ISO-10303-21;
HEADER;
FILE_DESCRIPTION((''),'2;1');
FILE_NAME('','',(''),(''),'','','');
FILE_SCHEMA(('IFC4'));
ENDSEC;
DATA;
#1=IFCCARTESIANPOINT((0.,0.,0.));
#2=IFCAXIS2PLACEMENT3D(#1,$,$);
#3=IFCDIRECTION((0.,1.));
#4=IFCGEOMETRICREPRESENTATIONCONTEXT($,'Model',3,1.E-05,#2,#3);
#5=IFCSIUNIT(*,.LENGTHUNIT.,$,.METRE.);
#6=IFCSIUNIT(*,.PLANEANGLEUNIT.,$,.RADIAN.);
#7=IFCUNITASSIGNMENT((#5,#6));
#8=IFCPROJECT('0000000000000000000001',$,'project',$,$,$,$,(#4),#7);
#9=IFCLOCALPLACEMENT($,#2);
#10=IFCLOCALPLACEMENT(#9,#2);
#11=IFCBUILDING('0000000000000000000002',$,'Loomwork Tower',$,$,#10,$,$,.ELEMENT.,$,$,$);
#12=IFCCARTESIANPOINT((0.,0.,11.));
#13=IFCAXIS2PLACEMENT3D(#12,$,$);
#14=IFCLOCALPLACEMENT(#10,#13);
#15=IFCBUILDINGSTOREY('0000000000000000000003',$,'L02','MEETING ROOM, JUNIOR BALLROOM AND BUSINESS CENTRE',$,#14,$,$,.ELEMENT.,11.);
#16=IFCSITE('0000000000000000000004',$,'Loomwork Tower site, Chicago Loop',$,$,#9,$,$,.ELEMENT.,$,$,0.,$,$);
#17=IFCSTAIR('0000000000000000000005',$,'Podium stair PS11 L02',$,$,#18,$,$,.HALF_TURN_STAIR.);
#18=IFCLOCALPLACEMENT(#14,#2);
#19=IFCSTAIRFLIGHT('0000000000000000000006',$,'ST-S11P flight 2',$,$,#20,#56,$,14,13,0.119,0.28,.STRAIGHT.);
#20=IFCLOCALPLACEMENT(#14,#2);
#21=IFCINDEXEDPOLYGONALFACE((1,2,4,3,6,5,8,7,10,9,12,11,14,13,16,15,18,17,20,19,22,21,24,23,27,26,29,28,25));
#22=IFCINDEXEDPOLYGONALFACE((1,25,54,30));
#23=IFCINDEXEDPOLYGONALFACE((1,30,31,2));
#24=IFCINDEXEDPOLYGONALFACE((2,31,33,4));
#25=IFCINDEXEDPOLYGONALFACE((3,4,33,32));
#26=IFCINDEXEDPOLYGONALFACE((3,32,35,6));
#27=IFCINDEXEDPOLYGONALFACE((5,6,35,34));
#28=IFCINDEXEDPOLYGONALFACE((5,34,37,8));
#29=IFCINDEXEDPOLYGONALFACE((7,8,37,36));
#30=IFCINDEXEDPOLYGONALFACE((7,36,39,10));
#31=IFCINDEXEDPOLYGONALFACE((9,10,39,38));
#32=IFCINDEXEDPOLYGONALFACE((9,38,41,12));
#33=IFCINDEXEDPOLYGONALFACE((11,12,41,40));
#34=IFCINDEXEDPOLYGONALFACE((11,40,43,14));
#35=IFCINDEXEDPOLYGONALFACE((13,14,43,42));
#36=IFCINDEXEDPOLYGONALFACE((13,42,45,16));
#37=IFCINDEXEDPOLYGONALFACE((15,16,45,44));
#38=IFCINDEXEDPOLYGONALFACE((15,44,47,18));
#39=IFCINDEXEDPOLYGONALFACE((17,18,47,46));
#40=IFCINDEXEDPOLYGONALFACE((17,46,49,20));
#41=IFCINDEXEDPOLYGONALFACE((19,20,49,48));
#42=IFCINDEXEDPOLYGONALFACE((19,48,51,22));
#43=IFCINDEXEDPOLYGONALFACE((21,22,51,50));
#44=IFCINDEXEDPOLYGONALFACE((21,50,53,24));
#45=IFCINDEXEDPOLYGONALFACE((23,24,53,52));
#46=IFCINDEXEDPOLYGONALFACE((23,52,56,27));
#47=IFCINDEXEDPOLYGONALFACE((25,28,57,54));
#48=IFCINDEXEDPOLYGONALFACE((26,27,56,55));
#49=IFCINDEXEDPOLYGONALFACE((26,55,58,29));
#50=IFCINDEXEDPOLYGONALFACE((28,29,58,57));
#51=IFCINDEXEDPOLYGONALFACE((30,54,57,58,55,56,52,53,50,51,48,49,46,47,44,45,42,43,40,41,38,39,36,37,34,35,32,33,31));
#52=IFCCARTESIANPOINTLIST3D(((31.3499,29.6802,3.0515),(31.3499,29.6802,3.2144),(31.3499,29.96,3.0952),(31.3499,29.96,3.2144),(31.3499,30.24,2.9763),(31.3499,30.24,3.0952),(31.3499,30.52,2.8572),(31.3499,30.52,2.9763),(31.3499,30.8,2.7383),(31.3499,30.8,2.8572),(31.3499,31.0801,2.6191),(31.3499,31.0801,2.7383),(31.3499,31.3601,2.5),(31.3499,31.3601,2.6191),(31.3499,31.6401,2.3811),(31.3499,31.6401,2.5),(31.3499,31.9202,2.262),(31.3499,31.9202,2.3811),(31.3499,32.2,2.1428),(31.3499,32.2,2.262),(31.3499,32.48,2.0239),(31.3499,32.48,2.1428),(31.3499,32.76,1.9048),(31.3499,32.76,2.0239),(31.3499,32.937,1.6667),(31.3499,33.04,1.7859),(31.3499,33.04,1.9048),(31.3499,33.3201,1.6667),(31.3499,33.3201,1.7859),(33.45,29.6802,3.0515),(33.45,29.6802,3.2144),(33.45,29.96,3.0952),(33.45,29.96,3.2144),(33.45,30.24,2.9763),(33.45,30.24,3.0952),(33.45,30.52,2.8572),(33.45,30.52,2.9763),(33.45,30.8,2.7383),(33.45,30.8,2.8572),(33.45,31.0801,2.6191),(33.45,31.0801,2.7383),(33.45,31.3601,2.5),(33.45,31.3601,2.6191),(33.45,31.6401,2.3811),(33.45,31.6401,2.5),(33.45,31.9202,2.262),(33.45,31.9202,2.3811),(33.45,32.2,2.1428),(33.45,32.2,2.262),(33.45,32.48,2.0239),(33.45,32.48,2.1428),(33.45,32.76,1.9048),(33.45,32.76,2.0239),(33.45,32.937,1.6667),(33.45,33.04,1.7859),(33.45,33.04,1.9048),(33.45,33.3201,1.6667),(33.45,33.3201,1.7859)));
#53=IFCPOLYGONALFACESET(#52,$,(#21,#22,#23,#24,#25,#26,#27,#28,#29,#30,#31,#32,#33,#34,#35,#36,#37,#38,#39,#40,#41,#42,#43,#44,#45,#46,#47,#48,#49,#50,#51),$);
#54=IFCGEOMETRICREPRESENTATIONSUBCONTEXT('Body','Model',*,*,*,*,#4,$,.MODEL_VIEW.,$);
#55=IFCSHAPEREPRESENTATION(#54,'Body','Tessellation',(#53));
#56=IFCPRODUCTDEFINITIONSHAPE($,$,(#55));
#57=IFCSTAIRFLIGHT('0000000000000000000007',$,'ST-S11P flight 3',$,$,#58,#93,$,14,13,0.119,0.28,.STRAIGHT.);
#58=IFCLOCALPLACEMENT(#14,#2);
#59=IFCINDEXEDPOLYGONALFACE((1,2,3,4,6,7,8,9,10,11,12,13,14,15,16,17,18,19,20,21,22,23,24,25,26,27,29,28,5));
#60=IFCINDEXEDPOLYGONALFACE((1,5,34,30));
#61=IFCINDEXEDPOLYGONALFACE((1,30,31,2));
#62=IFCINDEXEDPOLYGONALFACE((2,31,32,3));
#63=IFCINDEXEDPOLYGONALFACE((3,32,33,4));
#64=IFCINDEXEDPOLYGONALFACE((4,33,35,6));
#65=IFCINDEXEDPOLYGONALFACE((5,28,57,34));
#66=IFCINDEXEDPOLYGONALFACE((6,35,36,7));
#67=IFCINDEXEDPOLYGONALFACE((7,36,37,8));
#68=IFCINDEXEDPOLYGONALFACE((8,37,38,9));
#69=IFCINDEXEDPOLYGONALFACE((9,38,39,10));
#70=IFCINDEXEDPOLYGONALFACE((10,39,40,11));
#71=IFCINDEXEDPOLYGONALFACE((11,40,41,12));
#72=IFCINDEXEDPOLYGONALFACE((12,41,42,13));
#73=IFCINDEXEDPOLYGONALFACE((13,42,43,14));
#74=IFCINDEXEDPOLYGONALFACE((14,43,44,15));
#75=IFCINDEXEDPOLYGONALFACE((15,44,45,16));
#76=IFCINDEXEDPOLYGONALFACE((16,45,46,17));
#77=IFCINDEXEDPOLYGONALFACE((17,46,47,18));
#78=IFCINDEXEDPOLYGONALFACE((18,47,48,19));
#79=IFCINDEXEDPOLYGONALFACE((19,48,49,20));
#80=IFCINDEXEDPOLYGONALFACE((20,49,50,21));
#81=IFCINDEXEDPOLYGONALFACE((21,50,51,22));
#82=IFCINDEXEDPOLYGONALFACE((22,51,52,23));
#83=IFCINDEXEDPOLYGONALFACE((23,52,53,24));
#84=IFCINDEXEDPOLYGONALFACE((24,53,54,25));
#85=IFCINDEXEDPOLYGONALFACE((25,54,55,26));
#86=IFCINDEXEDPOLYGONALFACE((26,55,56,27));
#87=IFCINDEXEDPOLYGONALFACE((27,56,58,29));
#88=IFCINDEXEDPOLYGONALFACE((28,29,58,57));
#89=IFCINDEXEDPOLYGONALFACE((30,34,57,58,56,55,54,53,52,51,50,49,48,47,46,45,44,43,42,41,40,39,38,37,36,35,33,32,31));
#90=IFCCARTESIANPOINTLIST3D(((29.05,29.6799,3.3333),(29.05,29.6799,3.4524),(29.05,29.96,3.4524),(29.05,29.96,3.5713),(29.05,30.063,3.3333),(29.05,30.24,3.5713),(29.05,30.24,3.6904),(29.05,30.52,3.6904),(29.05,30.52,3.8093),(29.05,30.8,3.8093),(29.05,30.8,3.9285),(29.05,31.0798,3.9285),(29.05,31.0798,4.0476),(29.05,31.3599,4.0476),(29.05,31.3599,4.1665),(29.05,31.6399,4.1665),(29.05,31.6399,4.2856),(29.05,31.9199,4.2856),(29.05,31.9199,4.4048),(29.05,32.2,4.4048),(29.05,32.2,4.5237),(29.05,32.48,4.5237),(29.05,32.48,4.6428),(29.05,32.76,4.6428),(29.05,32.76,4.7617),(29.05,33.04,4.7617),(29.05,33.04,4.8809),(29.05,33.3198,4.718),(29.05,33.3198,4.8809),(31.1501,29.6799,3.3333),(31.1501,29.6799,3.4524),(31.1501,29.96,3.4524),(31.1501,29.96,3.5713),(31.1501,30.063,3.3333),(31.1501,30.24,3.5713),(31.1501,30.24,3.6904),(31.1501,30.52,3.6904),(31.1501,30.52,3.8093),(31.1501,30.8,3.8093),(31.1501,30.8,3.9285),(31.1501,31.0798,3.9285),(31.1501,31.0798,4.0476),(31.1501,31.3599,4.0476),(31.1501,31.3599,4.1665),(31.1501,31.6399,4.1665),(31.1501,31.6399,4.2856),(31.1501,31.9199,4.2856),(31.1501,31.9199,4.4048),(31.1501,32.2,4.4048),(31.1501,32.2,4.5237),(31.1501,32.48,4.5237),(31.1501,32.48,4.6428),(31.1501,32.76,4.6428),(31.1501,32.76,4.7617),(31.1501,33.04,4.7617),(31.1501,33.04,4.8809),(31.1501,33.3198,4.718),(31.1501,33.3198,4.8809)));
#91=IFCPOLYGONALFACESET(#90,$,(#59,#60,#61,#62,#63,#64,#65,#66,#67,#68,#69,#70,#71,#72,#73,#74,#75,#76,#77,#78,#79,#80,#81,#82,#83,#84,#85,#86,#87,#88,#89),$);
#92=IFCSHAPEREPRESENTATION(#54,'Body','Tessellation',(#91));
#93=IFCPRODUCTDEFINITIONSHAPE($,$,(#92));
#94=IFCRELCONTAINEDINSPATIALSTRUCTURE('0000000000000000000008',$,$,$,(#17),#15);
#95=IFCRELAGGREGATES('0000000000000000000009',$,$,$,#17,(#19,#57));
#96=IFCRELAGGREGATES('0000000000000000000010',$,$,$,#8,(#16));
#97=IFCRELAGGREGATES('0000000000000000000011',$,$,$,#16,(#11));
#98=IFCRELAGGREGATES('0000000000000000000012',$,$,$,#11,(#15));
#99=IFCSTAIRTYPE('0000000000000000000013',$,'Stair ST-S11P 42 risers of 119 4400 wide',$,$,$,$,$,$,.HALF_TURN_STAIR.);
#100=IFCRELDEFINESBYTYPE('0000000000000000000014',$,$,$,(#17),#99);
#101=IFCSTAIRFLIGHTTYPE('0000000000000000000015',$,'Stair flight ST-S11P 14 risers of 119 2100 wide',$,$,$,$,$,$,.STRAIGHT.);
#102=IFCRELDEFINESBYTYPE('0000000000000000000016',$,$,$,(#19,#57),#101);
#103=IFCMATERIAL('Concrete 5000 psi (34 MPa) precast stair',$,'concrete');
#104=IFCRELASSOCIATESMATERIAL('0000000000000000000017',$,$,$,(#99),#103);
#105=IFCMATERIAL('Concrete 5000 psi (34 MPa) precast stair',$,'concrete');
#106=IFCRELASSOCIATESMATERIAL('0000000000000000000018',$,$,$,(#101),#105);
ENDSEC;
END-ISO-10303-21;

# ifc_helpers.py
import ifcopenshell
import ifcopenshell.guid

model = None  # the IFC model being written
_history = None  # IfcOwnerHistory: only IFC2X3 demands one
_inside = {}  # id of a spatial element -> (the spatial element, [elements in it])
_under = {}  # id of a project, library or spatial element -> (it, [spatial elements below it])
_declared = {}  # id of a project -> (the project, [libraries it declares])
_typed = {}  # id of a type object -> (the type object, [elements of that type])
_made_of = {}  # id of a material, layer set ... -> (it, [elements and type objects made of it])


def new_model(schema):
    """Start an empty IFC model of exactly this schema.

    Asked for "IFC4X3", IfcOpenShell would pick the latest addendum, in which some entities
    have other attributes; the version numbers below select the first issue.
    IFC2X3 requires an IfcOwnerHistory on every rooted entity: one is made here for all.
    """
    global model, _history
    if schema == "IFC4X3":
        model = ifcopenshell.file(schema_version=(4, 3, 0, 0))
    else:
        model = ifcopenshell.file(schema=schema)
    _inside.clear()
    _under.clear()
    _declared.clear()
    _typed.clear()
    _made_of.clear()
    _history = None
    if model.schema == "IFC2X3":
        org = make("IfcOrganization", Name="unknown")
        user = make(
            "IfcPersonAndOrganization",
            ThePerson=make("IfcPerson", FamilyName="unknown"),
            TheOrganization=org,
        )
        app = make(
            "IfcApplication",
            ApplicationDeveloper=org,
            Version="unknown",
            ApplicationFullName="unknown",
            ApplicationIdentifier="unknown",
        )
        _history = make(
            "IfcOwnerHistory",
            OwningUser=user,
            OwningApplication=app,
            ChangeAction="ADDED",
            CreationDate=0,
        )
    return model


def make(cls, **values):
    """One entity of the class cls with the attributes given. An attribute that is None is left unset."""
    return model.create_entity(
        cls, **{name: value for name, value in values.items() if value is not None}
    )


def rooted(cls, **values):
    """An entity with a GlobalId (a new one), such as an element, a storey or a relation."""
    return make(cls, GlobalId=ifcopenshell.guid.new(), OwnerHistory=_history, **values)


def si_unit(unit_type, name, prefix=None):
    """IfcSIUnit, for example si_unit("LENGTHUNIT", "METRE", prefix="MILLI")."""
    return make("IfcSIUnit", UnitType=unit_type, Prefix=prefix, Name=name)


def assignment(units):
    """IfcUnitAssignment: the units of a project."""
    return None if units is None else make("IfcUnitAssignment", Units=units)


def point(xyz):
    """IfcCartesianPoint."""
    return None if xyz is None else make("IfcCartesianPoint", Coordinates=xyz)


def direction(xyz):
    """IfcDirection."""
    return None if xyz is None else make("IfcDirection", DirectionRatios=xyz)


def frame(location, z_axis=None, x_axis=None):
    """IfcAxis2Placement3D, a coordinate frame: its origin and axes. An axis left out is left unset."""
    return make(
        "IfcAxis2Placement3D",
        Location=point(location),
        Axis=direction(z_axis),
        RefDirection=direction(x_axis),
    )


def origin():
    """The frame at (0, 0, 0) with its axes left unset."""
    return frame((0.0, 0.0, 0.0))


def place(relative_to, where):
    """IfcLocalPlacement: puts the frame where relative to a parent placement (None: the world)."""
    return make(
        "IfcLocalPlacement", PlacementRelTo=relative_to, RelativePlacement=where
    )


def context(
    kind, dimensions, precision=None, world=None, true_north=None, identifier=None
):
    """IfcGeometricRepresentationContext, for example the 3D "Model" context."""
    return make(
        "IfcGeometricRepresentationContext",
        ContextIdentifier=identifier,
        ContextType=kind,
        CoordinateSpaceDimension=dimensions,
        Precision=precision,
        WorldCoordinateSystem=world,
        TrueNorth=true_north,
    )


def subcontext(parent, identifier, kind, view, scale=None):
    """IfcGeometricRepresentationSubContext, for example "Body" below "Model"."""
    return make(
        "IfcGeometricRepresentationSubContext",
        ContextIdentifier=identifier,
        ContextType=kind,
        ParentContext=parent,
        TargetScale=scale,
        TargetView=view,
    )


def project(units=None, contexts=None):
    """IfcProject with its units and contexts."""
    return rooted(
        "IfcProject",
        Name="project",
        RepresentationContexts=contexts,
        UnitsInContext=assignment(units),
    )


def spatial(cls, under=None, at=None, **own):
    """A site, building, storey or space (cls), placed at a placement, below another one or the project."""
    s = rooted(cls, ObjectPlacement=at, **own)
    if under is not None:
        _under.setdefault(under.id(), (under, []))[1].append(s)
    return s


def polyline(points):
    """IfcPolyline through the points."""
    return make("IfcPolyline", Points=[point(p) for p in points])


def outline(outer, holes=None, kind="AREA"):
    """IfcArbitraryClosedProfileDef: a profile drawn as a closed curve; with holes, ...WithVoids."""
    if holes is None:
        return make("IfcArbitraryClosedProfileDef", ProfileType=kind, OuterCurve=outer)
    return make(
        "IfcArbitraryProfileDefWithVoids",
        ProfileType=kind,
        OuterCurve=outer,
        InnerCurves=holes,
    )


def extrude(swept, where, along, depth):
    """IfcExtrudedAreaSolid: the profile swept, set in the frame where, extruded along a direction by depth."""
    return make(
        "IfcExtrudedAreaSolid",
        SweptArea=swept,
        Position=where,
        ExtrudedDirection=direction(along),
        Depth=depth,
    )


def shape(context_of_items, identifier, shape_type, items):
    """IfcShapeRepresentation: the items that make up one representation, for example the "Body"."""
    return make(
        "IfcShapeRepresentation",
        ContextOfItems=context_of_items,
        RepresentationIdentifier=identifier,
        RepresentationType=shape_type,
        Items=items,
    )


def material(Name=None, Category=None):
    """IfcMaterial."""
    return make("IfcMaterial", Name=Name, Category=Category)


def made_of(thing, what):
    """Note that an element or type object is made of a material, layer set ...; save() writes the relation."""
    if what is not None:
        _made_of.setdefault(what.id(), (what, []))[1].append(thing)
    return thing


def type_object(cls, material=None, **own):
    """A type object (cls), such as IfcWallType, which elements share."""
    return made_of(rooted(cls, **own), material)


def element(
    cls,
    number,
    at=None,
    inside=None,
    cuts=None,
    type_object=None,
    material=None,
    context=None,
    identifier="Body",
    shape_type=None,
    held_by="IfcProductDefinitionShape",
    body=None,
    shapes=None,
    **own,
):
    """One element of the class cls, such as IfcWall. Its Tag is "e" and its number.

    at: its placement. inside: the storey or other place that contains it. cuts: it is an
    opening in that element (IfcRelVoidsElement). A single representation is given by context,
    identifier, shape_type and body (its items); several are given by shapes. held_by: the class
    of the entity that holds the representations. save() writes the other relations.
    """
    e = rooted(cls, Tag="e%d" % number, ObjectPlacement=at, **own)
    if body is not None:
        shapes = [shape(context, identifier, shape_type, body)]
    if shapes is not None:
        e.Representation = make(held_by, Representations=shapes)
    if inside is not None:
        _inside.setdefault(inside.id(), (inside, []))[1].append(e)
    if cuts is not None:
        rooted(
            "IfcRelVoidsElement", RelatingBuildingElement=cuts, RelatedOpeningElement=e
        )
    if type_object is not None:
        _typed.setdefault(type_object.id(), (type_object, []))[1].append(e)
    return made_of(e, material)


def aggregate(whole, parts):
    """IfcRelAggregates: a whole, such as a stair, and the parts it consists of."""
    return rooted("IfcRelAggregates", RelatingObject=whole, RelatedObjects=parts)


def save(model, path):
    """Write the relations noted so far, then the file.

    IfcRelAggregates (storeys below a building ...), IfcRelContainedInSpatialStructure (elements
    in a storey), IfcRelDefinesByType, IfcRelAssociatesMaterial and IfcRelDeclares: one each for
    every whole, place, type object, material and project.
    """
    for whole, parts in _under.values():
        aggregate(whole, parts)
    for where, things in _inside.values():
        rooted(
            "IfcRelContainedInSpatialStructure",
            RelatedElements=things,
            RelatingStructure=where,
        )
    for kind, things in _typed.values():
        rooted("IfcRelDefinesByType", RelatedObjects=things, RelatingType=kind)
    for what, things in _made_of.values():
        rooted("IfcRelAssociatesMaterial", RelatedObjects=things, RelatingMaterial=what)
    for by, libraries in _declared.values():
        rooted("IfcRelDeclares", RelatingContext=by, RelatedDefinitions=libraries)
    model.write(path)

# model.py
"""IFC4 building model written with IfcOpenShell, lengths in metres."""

from ifc_helpers import new_model, si_unit, direction, frame, origin, place, context, subcontext, project, spatial, polyline, outline, extrude, material, type_object, element, aggregate, save


model = new_model("IFC4")

# Units and contexts
model_context = context("Model", 3, precision=1e-05, world=origin(), true_north=direction((0.0, 1.0)))
body_context = subcontext(model_context, "Body", "Model", "MODEL_VIEW")
ifc_project = project(units=[si_unit("LENGTHUNIT", "METRE"), si_unit("PLANEANGLEUNIT", "RADIAN")], contexts=[model_context])

# Site, building, storey
site_placement = place(None, origin())
site = spatial("IfcSite", under=ifc_project, at=site_placement, Name="Loomwork Tower site, Chicago Loop", CompositionType="ELEMENT", RefElevation=0.0)
building_placement = place(site_placement, origin())
building = spatial("IfcBuilding", under=site, at=building_placement, Name="Loomwork Tower", CompositionType="ELEMENT")
storey_placement = place(building_placement, frame((0.0, 0.0, 11.0)))
storey = spatial("IfcBuildingStorey", under=building, at=storey_placement, Name="L02", Description="MEETING ROOM, JUNIOR BALLROOM AND BUSINESS CENTRE", CompositionType="ELEMENT", Elevation=11.0)

# Stair, stair flights
ifc_material_1 = material(Name="Concrete 5000 psi (34 MPa) precast stair", Category="concrete")
stair_type_1 = type_object("IfcStairType", Name="Stair ST-S11P 42 risers of 119 4400 wide", PredefinedType="HALF_TURN_STAIR", material=ifc_material_1)
stair_1_placement = place(storey_placement, origin())
stair_1 = element("IfcStair", 1, at=stair_1_placement, inside=storey, type_object=stair_type_1, Name="Podium stair PS11 L02", PredefinedType="HALF_TURN_STAIR")
ifc_material_2 = material(Name="Concrete 5000 psi (34 MPa) precast stair", Category="concrete")
stair_flight_type_1 = type_object("IfcStairFlightType", Name="Stair flight ST-S11P 14 risers of 119 2100 wide", PredefinedType="STRAIGHT", material=ifc_material_2)
stair_flight_1_placement = place(storey_placement, frame((32.3999, 33.3201, 1.6667), z_axis=(0.0, 0.0, 1.0), x_axis=(0.0, -1.0, 0.0)))
stair_flight_1 = element("IfcStairFlight", 2, at=stair_flight_1_placement, type_object=stair_flight_type_1, Name="ST-S11P flight 2", NumberOfRisers=14, NumberOfTreads=13, PredefinedType="STRAIGHT", RiserHeight=0.119, TreadLength=0.28, context=body_context, shape_type="SweptSolid", body=[
    extrude(outline(polyline([(0.0, 0.0), (0.0, 0.1191), (0.28, 0.1191), (0.28, 0.238), (0.5601, 0.238), (0.5601, 0.3572), (0.8401, 0.3572), (0.8401, 0.4761), (1.1201, 0.4761), (1.1201, 0.5952), (1.3999, 0.5952), (1.3999, 0.7144), (1.6799, 0.7144), (1.6799, 0.8333), (1.96, 0.8333), (1.96, 0.9524), (2.24, 0.9524), (2.24, 1.0715), (2.52, 1.0715), (2.52, 1.1904), (2.8, 1.1904), (2.8, 1.3096), (3.0801, 1.3096), (3.0801, 1.4285), (3.3601, 1.4285), (3.3601, 1.5476), (3.6399, 1.5476), (3.6399, 1.6667), (3.6399, 1.3848), (0.3831, 0.0), (0.0, 0.0)])), frame((0.0, 1.05, 0.0), z_axis=(0.0, -1.0, 0.0), x_axis=(1.0, 0.0, 0.0)), (0.0, 0.0, 1.0), 2.1001),
])
stair_flight_2_placement = place(storey_placement, frame((30.1001, 29.6799, 3.3333), z_axis=(0.0, 0.0, 1.0), x_axis=(0.0, 1.0, 0.0)))
stair_flight_2 = element("IfcStairFlight", 3, at=stair_flight_2_placement, type_object=stair_flight_type_1, Name="ST-S11P flight 3", NumberOfRisers=14, NumberOfTreads=13, PredefinedType="STRAIGHT", RiserHeight=0.119, TreadLength=0.28, context=body_context, shape_type="SweptSolid", body=[
    extrude(outline(polyline([(0.0, 0.0), (0.0, 0.1191), (0.28, 0.1191), (0.28, 0.238), (0.5601, 0.238), (0.5601, 0.3572), (0.8401, 0.3572), (0.8401, 0.4761), (1.1201, 0.4761), (1.1201, 0.5952), (1.3999, 0.5952), (1.3999, 0.7144), (1.6799, 0.7144), (1.6799, 0.8333), (1.96, 0.8333), (1.96, 0.9524), (2.24, 0.9524), (2.24, 1.0715), (2.52, 1.0715), (2.52, 1.1904), (2.8, 1.1904), (2.8, 1.3096), (3.0801, 1.3096), (3.0801, 1.4285), (3.3601, 1.4285), (3.3601, 1.5476), (3.6399, 1.5476), (3.6399, 1.6667), (3.6399, 1.3848), (0.3831, 0.0), (0.0, 0.0)])), frame((0.0, 1.05, 0.0), z_axis=(0.0, -1.0, 0.0), x_axis=(1.0, 0.0, 0.0)), (0.0, 0.0, 1.0), 2.1001),
])
aggregate(stair_1, [stair_flight_1, stair_flight_2])

save(model, "model.ifc")
